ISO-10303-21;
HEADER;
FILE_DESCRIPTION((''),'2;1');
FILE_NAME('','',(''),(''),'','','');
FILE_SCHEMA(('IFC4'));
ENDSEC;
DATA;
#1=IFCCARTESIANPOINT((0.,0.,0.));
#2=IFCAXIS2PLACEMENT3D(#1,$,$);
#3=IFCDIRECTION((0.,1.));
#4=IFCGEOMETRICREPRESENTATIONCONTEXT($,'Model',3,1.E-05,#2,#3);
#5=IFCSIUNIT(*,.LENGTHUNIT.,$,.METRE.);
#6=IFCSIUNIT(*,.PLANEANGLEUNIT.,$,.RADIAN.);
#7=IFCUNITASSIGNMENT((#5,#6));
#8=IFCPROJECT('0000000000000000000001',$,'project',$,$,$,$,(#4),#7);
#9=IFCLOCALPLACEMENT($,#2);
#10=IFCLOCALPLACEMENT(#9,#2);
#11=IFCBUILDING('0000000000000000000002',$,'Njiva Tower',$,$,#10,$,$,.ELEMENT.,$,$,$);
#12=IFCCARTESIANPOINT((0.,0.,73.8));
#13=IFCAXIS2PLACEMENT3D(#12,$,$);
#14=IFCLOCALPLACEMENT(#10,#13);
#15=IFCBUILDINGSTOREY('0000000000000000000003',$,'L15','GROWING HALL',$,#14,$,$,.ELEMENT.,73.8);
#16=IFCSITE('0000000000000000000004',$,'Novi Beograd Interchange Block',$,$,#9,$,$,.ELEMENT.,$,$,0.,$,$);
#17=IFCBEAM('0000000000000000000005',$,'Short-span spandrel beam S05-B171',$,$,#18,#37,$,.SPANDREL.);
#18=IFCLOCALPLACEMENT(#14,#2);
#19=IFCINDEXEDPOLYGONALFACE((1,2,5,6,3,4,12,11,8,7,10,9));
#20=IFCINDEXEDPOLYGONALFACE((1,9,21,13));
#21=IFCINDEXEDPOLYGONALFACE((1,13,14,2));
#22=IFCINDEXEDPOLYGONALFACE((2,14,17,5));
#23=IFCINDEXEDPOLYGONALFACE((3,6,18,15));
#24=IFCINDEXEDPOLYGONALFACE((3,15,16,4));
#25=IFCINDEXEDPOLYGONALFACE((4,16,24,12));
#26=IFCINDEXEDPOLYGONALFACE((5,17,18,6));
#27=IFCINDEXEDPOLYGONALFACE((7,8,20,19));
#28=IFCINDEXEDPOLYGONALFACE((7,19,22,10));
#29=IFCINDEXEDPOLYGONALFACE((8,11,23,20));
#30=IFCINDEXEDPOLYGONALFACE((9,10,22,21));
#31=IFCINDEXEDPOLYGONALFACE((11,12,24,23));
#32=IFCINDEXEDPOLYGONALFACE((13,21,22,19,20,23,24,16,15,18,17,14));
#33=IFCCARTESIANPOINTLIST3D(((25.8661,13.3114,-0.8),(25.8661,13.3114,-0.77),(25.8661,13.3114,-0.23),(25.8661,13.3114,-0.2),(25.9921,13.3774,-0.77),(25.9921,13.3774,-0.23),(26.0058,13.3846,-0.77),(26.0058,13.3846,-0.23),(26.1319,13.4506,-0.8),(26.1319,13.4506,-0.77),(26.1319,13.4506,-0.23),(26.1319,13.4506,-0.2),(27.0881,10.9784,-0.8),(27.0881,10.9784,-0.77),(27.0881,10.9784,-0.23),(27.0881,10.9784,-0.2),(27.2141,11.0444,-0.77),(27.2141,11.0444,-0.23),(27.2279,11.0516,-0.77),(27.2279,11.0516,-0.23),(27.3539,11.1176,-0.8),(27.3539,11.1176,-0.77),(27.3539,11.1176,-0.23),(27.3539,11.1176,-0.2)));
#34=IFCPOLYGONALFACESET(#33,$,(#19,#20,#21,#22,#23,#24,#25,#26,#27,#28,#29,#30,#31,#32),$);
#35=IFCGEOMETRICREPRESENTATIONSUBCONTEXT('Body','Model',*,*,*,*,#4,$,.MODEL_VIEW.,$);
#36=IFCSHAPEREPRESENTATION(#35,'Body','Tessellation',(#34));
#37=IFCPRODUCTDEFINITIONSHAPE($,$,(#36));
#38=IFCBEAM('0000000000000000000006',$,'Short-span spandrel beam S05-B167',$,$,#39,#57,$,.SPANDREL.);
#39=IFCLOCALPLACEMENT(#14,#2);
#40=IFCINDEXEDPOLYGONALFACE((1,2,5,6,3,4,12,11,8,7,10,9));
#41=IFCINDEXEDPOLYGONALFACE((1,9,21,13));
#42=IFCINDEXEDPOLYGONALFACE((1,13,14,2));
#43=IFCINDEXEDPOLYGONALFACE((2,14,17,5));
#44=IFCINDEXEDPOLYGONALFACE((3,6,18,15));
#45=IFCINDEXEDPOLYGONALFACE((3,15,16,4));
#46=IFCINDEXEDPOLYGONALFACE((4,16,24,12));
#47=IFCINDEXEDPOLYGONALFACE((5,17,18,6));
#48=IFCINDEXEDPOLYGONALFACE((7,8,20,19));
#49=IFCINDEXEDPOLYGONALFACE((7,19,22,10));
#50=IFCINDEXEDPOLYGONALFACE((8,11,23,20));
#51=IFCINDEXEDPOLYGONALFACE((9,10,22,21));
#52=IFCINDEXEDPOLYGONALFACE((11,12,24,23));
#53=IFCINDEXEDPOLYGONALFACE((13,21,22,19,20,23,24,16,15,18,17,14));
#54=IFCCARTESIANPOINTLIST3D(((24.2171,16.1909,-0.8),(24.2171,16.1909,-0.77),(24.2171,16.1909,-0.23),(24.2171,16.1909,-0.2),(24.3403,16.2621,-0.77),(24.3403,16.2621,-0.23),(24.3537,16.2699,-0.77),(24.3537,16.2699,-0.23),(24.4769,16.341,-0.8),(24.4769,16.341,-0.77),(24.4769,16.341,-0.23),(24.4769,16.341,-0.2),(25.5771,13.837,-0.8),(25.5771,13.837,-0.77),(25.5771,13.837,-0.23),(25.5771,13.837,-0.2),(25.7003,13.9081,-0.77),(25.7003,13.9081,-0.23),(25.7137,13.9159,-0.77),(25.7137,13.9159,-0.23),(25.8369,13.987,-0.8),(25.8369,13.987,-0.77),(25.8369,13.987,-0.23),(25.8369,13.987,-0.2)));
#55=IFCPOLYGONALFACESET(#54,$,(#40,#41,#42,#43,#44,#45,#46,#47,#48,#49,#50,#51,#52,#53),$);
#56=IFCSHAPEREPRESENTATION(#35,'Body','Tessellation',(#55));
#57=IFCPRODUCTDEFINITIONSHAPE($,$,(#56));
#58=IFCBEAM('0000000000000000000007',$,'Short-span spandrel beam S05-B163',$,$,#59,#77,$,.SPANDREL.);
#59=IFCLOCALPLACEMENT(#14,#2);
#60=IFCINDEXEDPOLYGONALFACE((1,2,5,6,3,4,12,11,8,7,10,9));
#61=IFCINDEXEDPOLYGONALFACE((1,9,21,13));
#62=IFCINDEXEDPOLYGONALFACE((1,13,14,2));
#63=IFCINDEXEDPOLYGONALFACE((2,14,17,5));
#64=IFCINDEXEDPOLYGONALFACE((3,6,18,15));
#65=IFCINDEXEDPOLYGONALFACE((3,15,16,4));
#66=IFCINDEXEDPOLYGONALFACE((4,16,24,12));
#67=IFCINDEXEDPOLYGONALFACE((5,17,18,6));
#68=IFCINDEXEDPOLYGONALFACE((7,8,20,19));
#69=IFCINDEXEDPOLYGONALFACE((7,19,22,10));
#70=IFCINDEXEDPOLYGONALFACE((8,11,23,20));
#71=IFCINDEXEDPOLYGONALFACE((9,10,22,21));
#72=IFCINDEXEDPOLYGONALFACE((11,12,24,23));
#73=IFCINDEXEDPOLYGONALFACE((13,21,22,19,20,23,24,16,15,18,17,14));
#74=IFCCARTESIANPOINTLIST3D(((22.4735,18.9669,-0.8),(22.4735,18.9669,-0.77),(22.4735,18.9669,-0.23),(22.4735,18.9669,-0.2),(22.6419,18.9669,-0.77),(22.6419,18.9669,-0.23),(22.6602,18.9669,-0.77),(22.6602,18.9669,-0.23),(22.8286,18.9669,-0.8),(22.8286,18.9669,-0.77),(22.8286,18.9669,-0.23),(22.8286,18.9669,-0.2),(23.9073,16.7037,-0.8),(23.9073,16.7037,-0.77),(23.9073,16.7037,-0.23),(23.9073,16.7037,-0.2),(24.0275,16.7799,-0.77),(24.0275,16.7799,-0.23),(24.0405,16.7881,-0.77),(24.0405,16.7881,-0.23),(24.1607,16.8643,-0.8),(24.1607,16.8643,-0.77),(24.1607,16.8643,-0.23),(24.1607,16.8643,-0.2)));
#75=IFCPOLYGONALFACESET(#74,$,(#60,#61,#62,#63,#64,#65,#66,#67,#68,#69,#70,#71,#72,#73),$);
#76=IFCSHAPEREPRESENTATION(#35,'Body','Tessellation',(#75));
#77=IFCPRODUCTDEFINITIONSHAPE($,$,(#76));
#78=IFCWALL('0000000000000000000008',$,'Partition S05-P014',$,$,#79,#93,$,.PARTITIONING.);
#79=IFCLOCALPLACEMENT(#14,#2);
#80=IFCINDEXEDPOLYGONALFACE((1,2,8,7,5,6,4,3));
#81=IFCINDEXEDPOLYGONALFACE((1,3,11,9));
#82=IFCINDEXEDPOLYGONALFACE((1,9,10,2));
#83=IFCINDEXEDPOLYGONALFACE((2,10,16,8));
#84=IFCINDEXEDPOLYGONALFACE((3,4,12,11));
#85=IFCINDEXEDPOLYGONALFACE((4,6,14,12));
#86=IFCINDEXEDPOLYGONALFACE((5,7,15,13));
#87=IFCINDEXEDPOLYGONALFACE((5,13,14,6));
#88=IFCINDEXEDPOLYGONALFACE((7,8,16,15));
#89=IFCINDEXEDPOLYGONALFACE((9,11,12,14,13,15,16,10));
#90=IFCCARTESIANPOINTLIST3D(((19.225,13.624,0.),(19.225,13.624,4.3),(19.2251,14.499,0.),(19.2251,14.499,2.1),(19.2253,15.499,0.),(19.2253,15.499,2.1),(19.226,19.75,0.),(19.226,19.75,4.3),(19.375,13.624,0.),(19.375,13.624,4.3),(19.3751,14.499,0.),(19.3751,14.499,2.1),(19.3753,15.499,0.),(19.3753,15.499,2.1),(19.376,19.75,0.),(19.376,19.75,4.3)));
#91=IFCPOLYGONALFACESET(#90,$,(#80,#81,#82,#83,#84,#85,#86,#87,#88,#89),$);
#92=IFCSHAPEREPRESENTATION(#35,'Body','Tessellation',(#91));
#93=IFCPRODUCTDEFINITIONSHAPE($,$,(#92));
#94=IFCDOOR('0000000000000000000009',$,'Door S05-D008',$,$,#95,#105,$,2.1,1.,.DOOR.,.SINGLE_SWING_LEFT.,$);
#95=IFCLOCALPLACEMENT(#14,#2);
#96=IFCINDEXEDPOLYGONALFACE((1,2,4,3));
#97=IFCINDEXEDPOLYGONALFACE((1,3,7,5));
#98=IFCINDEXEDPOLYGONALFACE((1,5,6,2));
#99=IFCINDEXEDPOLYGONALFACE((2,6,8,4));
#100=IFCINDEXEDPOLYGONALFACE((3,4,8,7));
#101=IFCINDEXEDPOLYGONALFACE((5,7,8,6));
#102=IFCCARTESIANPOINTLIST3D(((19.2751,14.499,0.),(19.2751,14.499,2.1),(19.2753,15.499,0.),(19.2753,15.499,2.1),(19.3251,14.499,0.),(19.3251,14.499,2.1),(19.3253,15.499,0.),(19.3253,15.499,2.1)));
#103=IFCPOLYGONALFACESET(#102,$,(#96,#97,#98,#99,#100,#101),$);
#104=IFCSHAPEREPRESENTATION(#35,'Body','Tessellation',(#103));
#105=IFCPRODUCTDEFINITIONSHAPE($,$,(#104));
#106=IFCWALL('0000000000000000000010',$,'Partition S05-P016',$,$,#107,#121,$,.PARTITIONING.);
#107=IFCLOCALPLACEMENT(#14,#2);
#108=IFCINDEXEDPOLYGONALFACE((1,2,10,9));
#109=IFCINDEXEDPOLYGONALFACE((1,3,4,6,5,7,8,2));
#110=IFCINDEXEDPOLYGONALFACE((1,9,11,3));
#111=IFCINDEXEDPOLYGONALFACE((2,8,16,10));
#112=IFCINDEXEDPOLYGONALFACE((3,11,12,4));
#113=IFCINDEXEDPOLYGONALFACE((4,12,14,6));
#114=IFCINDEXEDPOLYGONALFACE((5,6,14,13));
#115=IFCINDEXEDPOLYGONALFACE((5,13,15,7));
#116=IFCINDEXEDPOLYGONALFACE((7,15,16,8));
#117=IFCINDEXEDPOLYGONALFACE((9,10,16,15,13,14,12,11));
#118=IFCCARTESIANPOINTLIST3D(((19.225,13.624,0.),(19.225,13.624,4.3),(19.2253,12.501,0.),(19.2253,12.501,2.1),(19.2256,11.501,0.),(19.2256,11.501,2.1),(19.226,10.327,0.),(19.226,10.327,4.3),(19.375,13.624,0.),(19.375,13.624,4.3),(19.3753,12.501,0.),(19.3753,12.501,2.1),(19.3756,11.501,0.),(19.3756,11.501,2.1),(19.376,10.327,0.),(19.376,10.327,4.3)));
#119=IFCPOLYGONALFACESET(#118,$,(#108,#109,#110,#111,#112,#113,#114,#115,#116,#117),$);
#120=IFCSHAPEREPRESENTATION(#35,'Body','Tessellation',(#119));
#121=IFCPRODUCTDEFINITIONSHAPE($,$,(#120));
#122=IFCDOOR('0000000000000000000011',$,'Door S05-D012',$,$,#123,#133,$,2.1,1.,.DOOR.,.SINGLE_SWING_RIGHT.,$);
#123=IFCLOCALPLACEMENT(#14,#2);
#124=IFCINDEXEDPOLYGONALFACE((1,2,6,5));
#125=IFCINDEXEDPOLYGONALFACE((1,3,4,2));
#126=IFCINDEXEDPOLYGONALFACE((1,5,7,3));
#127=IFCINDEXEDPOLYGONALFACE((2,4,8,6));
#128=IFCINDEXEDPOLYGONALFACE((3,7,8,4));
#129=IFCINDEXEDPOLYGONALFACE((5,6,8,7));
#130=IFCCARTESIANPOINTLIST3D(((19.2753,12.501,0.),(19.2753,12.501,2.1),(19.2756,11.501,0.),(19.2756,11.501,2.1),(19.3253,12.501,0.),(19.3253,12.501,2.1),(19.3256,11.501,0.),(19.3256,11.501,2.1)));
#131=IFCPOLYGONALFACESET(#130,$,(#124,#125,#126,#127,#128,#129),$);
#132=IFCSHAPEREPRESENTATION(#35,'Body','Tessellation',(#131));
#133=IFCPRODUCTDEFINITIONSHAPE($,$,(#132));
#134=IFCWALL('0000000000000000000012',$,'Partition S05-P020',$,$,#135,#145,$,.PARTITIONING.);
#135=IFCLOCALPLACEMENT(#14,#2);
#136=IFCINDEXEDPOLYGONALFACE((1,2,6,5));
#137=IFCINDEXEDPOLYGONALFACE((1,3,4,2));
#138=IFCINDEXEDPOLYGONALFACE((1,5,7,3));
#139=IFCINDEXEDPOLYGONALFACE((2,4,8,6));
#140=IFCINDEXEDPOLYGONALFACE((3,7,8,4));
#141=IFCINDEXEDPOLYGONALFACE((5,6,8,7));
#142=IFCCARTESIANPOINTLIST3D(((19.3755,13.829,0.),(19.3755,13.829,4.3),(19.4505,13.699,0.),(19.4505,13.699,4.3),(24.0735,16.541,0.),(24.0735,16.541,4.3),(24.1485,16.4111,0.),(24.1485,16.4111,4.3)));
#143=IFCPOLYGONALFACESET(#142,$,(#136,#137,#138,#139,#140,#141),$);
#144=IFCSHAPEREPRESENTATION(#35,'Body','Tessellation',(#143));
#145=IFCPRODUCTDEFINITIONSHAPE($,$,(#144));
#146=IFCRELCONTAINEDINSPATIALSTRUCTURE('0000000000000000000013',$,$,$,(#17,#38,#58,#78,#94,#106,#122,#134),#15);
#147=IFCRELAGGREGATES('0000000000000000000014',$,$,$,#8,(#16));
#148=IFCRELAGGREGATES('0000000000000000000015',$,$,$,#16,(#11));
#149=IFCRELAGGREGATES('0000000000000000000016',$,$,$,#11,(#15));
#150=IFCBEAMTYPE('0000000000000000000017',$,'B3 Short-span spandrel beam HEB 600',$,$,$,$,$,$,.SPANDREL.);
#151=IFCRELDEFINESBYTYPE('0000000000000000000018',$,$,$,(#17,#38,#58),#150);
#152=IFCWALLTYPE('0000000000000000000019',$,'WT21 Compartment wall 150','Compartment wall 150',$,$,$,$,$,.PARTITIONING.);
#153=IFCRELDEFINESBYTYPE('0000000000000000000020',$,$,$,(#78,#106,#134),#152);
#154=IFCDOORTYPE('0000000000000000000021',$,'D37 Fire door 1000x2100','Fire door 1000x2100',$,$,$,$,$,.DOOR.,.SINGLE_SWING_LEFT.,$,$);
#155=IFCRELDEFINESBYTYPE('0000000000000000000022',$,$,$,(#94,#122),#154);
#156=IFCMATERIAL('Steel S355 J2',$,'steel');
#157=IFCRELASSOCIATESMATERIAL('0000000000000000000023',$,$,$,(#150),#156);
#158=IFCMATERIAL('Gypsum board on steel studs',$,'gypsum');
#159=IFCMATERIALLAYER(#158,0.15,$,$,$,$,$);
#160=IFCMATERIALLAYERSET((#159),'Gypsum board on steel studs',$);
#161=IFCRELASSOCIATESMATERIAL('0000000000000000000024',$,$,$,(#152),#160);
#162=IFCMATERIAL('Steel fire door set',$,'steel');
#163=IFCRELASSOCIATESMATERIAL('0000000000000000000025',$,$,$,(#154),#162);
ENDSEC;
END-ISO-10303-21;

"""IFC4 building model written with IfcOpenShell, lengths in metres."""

from ifc_helpers import new_model, si_unit, direction, frame, frame_2d, origin, origin_2d, place, context, subcontext, project, spatial, rectangle, i_section, extrude, clip, halfspace, material, layer, layer_set, material_profile, profile_set, type_object, element, fill, save


model = new_model("IFC4")

# Units and contexts
model_context = context("Model", 3, precision=1e-05, world=origin(), true_north=direction((0.0, 1.0)))
body_context = subcontext(model_context, "Body", "Model", "MODEL_VIEW")
ifc_project = project(units=[si_unit("LENGTHUNIT", "METRE"), si_unit("PLANEANGLEUNIT", "RADIAN")], contexts=[model_context])

# Site, building, storey
site_placement = place(None, origin())
site = spatial("IfcSite", under=ifc_project, at=site_placement, Name="Novi Beograd Interchange Block", CompositionType="ELEMENT", RefElevation=0.0)
building_placement = place(site_placement, origin())
building = spatial("IfcBuilding", under=site, at=building_placement, Name="Njiva Tower", CompositionType="ELEMENT")
storey_placement = place(building_placement, frame((0.0, 0.0, 73.8)))
storey = spatial("IfcBuildingStorey", under=building, at=storey_placement, Name="L15", Description="GROWING HALL", CompositionType="ELEMENT", Elevation=73.8)

# Shared definitions
ifc_material_1 = material(Name="Steel S355 J2", Category="steel")

# Beams
ifc_material_profile_1 = material_profile(ifc_material_1, i_section(OverallWidth=0.3, OverallDepth=0.6, WebThickness=0.0155, FlangeThickness=0.03, at=origin_2d()), Name="HEB 600")
ifc_profile_set_1 = profile_set([ifc_material_profile_1], Name="Steel S355 J2")
beam_type_1 = type_object("IfcBeamType", Name="B3 Short-span spandrel beam HEB 600", PredefinedType="SPANDREL", material=ifc_profile_set_1)
beam_1_placement = place(storey_placement, frame((27.221, 11.048, -0.5), z_axis=(-0.463993, 0.885839, 0.0), x_axis=(-0.885839, -0.463993, 0.0)))
element("IfcBeam", 1, at=beam_1_placement, inside=storey, type_object=beam_type_1, Name="Short-span spandrel beam S05-B171", PredefinedType="SPANDREL", context=body_context, shape_type="SweptSolid", body=[
    extrude(i_section(OverallWidth=0.3, OverallDepth=0.6, WebThickness=0.0155, FlangeThickness=0.03, at=origin_2d()), origin(), (0.0, 0.0, 1.0), 2.6337),
])
beam_2_placement = place(storey_placement, frame((25.707, 13.912, -0.5), z_axis=(-0.500253, 0.865879, 0.0), x_axis=(-0.865879, -0.500253, 0.0)))
element("IfcBeam", 2, at=beam_2_placement, inside=storey, type_object=beam_type_1, Name="Short-span spandrel beam S05-B167", PredefinedType="SPANDREL", context=body_context, shape_type="SweptSolid", body=[
    extrude(i_section(OverallWidth=0.3, OverallDepth=0.6, WebThickness=0.0155, FlangeThickness=0.03, at=origin_2d()), origin(), (0.0, 0.0, 1.0), 2.7186),
])
beam_3_placement = place(storey_placement, frame((24.034, 16.784, -0.5), z_axis=(-0.535172, 0.844743, 0.0), x_axis=(-0.844743, -0.535172, 0.0)))
element("IfcBeam", 3, at=beam_3_placement, inside=storey, type_object=beam_type_1, Name="Short-span spandrel beam S05-B163", PredefinedType="SPANDREL", context=body_context, shape_type="Clipping", body=[
    clip(extrude(i_section(OverallWidth=0.3, OverallDepth=0.6, WebThickness=0.0155, FlangeThickness=0.03, at=origin_2d()), origin(), (0.0, 0.0, 1.0), 2.6992), halfspace(frame((-0.0269, 0.0, 2.5671), z_axis=(-0.535172, 0.0, 0.844743), x_axis=(0.0, 1.0, 0.0)), False)),
])

# Walls, openings, doors
ifc_material_2 = material(Name="Gypsum board on steel studs", Category="gypsum")
ifc_layer_1 = layer(ifc_material_2, 0.15)
ifc_layer_set_1 = layer_set([ifc_layer_1], Name="Gypsum board on steel studs")
wall_type_1 = type_object("IfcWallType", Name="WT21 Compartment wall 150", Description="Compartment wall 150", PredefinedType="PARTITIONING", material=ifc_layer_set_1)
wall_1_placement = place(storey_placement, frame((19.3, 13.624, 0.0), z_axis=(0.0, 0.0, 1.0), x_axis=(0.000163, 1.0, 0.0)))
wall_1 = element("IfcWall", 4, at=wall_1_placement, inside=storey, type_object=wall_type_1, Name="Partition S05-P014", PredefinedType="PARTITIONING", context=body_context, shape_type="SweptSolid", body=[
    extrude(rectangle(XDim=6.126, YDim=0.15, at=frame_2d((3.063, 0.0))), origin(), (0.0, 0.0, 1.0), 4.3),
])
opening_1_placement = place(wall_1_placement, frame((0.875, 0.0, 0.0)))
opening_1 = element("IfcOpeningElement", 5, at=opening_1_placement, cuts=wall_1, PredefinedType="OPENING", context=body_context, shape_type="SweptSolid", body=[
    extrude(rectangle(XDim=1.0, YDim=2.1, at=frame_2d((0.5, 1.05))), frame((0.0, 0.085, 0.0), z_axis=(0.0, -1.0, 0.0), x_axis=(1.0, 0.0, 0.0)), (0.0, 0.0, 1.0), 0.17),
])
ifc_material_3 = material(Name="Steel fire door set", Category="steel")
door_type = type_object("IfcDoorType", Name="D37 Fire door 1000x2100", Description="Fire door 1000x2100", OperationType="SINGLE_SWING_LEFT", PredefinedType="DOOR", material=ifc_material_3)
door_1_placement = place(opening_1_placement, origin())
door_1 = element("IfcDoor", 6, at=door_1_placement, inside=storey, type_object=door_type, Name="Door S05-D008", OperationType="SINGLE_SWING_LEFT", OverallHeight=2.1, OverallWidth=1.0, PredefinedType="DOOR", context=body_context, shape_type="SweptSolid", body=[
    extrude(rectangle(XDim=1.0, YDim=2.1, at=frame_2d((0.5, 1.05))), frame((0.0, 0.025, 0.0), z_axis=(0.0, -1.0, 0.0), x_axis=(1.0, 0.0, 0.0)), (0.0, 0.0, 1.0), 0.05),
])
fill(opening_1, door_1)
wall_2_placement = place(storey_placement, frame((19.3, 13.624, 0.0), z_axis=(0.0, 0.0, 1.0), x_axis=(0.000303, -1.0, 0.0)))
wall_2 = element("IfcWall", 7, at=wall_2_placement, inside=storey, type_object=wall_type_1, Name="Partition S05-P016", PredefinedType="PARTITIONING", context=body_context, shape_type="SweptSolid", body=[
    extrude(rectangle(XDim=3.297, YDim=0.15, at=frame_2d((1.6485, 0.0))), origin(), (0.0, 0.0, 1.0), 4.3),
])
opening_2_placement = place(wall_2_placement, frame((1.123, 0.0, 0.0)))
opening_2 = element("IfcOpeningElement", 8, at=opening_2_placement, cuts=wall_2, PredefinedType="OPENING", context=body_context, shape_type="SweptSolid", body=[
    extrude(rectangle(XDim=1.0, YDim=2.1, at=frame_2d((0.5, 1.05))), frame((0.0, 0.085, 0.0), z_axis=(0.0, -1.0, 0.0), x_axis=(1.0, 0.0, 0.0)), (0.0, 0.0, 1.0), 0.17),
])
door_2_placement = place(opening_2_placement, origin())
door_2 = element("IfcDoor", 9, at=door_2_placement, inside=storey, type_object=door_type, Name="Door S05-D012", OperationType="SINGLE_SWING_RIGHT", OverallHeight=2.1, OverallWidth=1.0, PredefinedType="DOOR", context=body_context, shape_type="SweptSolid", body=[
    extrude(rectangle(XDim=1.0, YDim=2.1, at=frame_2d((0.5, 1.05))), frame((0.0, 0.025, 0.0), z_axis=(0.0, -1.0, 0.0), x_axis=(1.0, 0.0, 0.0)), (0.0, 0.0, 1.0), 0.05),
])
fill(opening_2, door_2)

# Wall
wall_3_placement = place(storey_placement, frame((19.413, 13.764, 0.0), z_axis=(0.0, 0.0, 1.0), x_axis=(0.866057, 0.499946, 0.0)))
element("IfcWall", 10, at=wall_3_placement, inside=storey, type_object=wall_type_1, Name="Partition S05-P020", PredefinedType="PARTITIONING", context=body_context, shape_type="SweptSolid", body=[
    extrude(rectangle(XDim=5.4246, YDim=0.15, at=frame_2d((2.7123, 0.0))), origin(), (0.0, 0.0, 1.0), 4.3),
])

save(model, "model.ifc")
